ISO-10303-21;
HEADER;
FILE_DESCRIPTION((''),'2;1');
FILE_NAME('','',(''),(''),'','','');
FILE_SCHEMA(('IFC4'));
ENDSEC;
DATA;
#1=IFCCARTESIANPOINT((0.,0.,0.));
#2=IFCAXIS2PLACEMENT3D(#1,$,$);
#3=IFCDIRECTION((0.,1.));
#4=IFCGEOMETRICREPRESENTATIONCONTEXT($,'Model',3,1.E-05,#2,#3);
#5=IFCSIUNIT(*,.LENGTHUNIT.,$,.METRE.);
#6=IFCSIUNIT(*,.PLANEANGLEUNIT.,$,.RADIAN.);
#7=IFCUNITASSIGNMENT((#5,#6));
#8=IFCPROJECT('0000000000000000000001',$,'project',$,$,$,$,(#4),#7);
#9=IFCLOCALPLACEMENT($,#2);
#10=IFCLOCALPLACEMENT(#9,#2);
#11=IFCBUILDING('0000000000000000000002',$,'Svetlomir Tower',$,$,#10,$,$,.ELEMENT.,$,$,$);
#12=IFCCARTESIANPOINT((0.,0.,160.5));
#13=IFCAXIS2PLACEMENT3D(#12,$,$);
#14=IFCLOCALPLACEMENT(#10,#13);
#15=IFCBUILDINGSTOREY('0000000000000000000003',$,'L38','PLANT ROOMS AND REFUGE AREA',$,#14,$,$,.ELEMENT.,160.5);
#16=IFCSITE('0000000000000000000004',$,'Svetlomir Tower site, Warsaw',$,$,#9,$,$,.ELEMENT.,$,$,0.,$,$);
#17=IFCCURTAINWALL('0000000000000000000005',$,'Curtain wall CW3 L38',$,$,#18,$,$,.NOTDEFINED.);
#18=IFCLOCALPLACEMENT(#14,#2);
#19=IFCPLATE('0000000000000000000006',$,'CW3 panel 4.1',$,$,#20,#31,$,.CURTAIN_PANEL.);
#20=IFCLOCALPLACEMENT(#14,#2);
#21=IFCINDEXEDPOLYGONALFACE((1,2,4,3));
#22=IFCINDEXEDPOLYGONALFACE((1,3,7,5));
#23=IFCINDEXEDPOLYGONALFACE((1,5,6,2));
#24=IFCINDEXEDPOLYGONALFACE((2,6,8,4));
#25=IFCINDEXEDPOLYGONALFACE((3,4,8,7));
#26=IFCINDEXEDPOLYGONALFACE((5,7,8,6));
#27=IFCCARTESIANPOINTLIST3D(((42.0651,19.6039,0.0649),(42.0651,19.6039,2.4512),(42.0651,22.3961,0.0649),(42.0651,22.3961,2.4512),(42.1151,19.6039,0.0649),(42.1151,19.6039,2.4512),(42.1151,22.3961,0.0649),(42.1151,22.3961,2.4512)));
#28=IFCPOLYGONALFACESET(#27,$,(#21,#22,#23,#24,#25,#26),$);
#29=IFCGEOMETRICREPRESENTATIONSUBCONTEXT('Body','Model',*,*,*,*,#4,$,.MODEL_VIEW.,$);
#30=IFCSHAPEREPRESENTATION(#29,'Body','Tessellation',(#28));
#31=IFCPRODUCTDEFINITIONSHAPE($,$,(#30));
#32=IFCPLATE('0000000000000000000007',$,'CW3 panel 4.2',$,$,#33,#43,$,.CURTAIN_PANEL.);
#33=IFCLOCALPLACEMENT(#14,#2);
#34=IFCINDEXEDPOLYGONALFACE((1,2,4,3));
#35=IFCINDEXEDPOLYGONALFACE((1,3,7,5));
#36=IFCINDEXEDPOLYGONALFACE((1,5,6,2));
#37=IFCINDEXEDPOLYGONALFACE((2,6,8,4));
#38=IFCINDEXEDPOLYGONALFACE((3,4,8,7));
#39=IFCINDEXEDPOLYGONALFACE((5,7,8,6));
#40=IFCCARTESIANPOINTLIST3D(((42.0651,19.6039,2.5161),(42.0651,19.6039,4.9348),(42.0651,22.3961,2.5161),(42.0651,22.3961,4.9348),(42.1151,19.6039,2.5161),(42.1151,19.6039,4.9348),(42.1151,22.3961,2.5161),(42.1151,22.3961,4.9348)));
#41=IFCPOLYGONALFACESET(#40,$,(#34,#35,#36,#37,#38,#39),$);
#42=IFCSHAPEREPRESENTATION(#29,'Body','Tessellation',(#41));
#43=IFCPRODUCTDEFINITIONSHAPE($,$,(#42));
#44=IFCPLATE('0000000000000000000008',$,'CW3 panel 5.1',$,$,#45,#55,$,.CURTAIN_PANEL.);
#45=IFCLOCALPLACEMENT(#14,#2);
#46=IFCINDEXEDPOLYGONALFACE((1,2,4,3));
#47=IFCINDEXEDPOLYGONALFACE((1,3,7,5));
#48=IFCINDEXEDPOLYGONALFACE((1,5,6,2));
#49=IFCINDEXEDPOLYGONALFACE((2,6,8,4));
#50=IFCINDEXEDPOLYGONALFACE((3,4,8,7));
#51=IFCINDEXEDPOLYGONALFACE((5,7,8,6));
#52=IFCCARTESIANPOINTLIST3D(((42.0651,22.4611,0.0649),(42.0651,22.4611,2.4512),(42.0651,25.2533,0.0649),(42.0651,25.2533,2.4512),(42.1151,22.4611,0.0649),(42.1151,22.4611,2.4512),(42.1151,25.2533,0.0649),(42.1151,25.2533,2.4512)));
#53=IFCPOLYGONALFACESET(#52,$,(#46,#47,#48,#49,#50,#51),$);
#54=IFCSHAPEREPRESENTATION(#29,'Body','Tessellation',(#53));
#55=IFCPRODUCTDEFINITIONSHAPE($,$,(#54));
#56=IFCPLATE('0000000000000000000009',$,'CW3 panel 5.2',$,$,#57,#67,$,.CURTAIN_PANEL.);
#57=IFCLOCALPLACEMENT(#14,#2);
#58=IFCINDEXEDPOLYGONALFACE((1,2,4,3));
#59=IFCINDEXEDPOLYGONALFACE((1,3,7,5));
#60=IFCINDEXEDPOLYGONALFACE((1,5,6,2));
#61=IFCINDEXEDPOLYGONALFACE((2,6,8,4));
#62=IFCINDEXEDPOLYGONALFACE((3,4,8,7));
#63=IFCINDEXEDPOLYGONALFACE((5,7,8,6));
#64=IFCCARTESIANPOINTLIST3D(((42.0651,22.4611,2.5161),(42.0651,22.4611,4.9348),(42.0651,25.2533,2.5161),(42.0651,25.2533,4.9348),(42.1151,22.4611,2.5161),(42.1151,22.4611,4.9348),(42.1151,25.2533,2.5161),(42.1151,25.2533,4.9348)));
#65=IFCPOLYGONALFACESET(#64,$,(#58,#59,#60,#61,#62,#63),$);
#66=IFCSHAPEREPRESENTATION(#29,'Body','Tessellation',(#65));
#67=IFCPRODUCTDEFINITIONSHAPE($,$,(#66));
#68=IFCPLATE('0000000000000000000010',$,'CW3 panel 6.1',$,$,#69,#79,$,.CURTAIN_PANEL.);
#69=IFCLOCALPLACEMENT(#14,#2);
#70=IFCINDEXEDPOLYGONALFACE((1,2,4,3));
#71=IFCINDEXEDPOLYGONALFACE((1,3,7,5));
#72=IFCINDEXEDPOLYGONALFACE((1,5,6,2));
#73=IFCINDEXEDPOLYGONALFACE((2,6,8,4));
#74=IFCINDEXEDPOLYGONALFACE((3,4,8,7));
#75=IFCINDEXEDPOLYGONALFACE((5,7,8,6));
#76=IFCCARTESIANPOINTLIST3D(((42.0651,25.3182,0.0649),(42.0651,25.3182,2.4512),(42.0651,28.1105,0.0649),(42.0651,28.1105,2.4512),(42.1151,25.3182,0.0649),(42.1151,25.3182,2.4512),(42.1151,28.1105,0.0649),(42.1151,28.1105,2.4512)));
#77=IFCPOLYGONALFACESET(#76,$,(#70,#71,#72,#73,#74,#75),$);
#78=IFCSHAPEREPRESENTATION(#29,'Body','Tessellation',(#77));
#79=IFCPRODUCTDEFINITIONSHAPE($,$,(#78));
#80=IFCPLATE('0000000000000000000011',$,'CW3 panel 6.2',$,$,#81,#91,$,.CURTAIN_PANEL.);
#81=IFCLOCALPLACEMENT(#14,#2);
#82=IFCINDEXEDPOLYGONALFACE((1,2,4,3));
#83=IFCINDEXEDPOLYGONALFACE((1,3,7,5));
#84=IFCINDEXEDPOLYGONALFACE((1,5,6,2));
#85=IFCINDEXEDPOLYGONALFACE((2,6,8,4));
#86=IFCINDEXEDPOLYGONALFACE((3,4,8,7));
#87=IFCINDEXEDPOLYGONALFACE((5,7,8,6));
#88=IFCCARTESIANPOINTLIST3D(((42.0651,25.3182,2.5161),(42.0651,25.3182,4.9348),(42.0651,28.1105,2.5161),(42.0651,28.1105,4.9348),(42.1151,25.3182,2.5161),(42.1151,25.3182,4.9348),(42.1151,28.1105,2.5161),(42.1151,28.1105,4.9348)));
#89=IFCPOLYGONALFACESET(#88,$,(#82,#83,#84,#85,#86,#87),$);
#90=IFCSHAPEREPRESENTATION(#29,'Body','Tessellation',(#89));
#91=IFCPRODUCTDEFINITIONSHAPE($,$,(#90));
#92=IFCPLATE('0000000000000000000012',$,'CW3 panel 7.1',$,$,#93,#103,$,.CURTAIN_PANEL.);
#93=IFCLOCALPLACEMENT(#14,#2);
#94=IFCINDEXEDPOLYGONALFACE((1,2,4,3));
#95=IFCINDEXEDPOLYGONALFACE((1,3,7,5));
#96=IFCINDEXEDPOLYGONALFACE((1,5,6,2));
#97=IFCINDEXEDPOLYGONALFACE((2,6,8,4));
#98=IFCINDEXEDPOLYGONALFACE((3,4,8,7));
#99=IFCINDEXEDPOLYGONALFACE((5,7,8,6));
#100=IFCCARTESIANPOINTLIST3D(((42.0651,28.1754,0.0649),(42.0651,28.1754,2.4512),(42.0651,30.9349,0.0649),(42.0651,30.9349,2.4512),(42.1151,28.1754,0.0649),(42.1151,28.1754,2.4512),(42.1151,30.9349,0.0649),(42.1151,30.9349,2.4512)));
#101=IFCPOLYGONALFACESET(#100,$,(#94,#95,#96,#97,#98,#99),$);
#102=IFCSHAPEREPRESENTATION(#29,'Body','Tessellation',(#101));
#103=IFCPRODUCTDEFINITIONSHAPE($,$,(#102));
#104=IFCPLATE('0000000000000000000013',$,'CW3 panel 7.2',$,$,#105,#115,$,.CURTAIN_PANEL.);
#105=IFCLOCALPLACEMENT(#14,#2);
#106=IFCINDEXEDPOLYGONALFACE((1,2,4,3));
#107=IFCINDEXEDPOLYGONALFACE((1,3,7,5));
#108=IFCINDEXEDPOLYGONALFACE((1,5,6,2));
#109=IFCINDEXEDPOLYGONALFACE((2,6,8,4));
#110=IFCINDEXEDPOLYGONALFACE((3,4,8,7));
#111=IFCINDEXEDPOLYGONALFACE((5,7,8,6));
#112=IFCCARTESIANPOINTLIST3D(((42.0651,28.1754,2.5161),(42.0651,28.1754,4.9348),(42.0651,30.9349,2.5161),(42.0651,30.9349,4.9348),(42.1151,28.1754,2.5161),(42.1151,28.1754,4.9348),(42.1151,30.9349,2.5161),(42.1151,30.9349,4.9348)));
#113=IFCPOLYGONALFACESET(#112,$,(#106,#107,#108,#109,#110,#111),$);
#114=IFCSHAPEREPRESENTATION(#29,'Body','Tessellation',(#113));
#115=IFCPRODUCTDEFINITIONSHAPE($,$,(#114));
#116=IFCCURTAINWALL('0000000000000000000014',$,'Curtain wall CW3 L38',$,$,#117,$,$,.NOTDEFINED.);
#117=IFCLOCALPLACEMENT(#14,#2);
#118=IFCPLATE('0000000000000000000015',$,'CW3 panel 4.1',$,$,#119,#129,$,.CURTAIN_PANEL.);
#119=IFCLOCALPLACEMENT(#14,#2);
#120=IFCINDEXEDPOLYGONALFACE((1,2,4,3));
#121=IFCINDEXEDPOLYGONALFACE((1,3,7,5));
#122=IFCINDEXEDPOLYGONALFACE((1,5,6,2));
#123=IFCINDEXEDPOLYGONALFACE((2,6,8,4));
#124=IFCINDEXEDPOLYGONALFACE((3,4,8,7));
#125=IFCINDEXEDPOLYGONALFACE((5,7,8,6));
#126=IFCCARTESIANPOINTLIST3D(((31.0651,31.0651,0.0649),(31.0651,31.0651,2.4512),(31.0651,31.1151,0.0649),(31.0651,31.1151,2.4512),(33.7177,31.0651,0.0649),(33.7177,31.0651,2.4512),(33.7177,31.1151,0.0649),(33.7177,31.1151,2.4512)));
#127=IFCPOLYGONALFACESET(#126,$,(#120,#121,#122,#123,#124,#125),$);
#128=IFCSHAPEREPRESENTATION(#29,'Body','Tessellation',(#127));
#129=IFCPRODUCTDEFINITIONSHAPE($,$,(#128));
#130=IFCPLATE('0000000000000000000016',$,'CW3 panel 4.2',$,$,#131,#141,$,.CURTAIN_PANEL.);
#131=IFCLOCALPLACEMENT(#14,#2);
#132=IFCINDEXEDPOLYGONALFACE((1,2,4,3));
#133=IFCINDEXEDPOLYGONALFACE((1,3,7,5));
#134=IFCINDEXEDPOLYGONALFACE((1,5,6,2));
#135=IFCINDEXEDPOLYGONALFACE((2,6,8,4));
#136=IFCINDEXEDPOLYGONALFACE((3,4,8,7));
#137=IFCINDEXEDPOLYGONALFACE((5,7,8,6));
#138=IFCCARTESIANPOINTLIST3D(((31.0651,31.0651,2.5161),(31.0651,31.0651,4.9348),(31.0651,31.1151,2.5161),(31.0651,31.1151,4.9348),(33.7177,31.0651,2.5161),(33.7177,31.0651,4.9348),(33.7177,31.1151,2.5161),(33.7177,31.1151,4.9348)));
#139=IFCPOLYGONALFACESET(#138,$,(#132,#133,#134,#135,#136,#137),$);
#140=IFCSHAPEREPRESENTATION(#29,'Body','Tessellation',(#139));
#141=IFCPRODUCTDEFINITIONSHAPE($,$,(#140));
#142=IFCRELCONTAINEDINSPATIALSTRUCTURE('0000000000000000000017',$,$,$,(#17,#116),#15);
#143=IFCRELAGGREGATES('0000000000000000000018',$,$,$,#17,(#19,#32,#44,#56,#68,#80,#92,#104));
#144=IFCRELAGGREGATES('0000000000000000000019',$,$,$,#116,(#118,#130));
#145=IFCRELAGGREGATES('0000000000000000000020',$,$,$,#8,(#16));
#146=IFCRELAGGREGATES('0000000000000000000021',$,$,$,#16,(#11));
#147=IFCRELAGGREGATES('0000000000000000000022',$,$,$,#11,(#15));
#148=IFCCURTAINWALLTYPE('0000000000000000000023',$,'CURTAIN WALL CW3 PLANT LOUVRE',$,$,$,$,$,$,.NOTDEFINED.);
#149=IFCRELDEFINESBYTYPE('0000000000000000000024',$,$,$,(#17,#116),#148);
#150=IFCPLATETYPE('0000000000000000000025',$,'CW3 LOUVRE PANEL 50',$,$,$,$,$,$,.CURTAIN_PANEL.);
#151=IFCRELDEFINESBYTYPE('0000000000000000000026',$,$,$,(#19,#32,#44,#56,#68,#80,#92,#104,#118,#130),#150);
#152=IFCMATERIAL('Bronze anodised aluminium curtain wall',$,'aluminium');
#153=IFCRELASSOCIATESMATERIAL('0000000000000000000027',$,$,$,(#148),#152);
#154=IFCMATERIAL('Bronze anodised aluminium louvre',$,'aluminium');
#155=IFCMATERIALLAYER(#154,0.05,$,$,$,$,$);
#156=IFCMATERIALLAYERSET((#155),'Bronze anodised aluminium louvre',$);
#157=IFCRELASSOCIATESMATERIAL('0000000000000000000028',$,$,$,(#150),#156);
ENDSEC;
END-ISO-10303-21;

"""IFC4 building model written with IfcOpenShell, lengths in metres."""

from ifc_helpers import new_model, si_unit, direction, frame, origin, origin_2d, place, context, subcontext, project, spatial, rectangle, extrude, material, layer, layer_set, type_object, element, aggregate, save


model = new_model("IFC4")

# Units and contexts
model_context = context("Model", 3, precision=1e-05, world=origin(), true_north=direction((0.0, 1.0)))
body_context = subcontext(model_context, "Body", "Model", "MODEL_VIEW")
ifc_project = project(units=[si_unit("LENGTHUNIT", "METRE"), si_unit("PLANEANGLEUNIT", "RADIAN")], contexts=[model_context])

# Site, building, storey
site_placement = place(None, origin())
site = spatial("IfcSite", under=ifc_project, at=site_placement, Name="Svetlomir Tower site, Warsaw", CompositionType="ELEMENT", RefElevation=0.0)
building_placement = place(site_placement, origin())
building = spatial("IfcBuilding", under=site, at=building_placement, Name="Svetlomir Tower", CompositionType="ELEMENT")
storey_placement = place(building_placement, frame((0.0, 0.0, 160.5)))
storey = spatial("IfcBuildingStorey", under=building, at=storey_placement, Name="L38", Description="PLANT ROOMS AND REFUGE AREA", CompositionType="ELEMENT", Elevation=160.5)

# Curtain wall
ifc_material_1 = material(Name="Bronze anodised aluminium curtain wall", Category="aluminium")
curtain_wall_type = type_object("IfcCurtainWallType", Name="CURTAIN WALL CW3 PLANT LOUVRE", PredefinedType="NOTDEFINED", material=ifc_material_1)
curtain_wall_1_placement = place(storey_placement, origin())
curtain_wall_1 = element("IfcCurtainWall", 1, at=curtain_wall_1_placement, inside=storey, type_object=curtain_wall_type, Name="Curtain wall CW3 L38", PredefinedType="NOTDEFINED")

# Plates
ifc_material_2 = material(Name="Bronze anodised aluminium louvre", Category="aluminium")
ifc_layer = layer(ifc_material_2, 0.05)
ifc_layer_set = layer_set([ifc_layer], Name="Bronze anodised aluminium louvre")
plate_type = type_object("IfcPlateType", Name="CW3 LOUVRE PANEL 50", PredefinedType="CURTAIN_PANEL", material=ifc_layer_set)
plate_1_placement = place(storey_placement, frame((42.0901, 21.0, 0.0649), z_axis=(0.0, 0.0, 1.0), x_axis=(0.0, 1.0, 0.0)))
plate_1 = element("IfcPlate", 2, at=plate_1_placement, type_object=plate_type, Name="CW3 panel 4.1", PredefinedType="CURTAIN_PANEL", context=body_context, shape_type="SweptSolid", body=[
    extrude(rectangle(XDim=2.7922, YDim=0.05, at=origin_2d()), origin(), (0.0, 0.0, 1.0), 2.3862),
])
plate_2_placement = place(storey_placement, frame((42.0901, 21.0, 2.5161), z_axis=(0.0, 0.0, 1.0), x_axis=(0.0, 1.0, 0.0)))
plate_2 = element("IfcPlate", 3, at=plate_2_placement, type_object=plate_type, Name="CW3 panel 4.2", PredefinedType="CURTAIN_PANEL", context=body_context, shape_type="SweptSolid", body=[
    extrude(rectangle(XDim=2.7922, YDim=0.05, at=origin_2d()), origin(), (0.0, 0.0, 1.0), 2.4187),
])
plate_3_placement = place(storey_placement, frame((42.0901, 23.8572, 0.0649), z_axis=(0.0, 0.0, 1.0), x_axis=(0.0, 1.0, 0.0)))
plate_3 = element("IfcPlate", 4, at=plate_3_placement, type_object=plate_type, Name="CW3 panel 5.1", PredefinedType="CURTAIN_PANEL", context=body_context, shape_type="SweptSolid", body=[
    extrude(rectangle(XDim=2.7922, YDim=0.05, at=origin_2d()), origin(), (0.0, 0.0, 1.0), 2.3862),
])
plate_4_placement = place(storey_placement, frame((42.0901, 23.8572, 2.5161), z_axis=(0.0, 0.0, 1.0), x_axis=(0.0, 1.0, 0.0)))
plate_4 = element("IfcPlate", 5, at=plate_4_placement, type_object=plate_type, Name="CW3 panel 5.2", PredefinedType="CURTAIN_PANEL", context=body_context, shape_type="SweptSolid", body=[
    extrude(rectangle(XDim=2.7922, YDim=0.05, at=origin_2d()), origin(), (0.0, 0.0, 1.0), 2.4187),
])
plate_5_placement = place(storey_placement, frame((42.0901, 26.7144, 0.0649), z_axis=(0.0, 0.0, 1.0), x_axis=(0.0, 1.0, 0.0)))
plate_5 = element("IfcPlate", 6, at=plate_5_placement, type_object=plate_type, Name="CW3 panel 6.1", PredefinedType="CURTAIN_PANEL", context=body_context, shape_type="SweptSolid", body=[
    extrude(rectangle(XDim=2.7922, YDim=0.05, at=origin_2d()), origin(), (0.0, 0.0, 1.0), 2.3862),
])
plate_6_placement = place(storey_placement, frame((42.0901, 26.7144, 2.5161), z_axis=(0.0, 0.0, 1.0), x_axis=(0.0, 1.0, 0.0)))
plate_6 = element("IfcPlate", 7, at=plate_6_placement, type_object=plate_type, Name="CW3 panel 6.2", PredefinedType="CURTAIN_PANEL", context=body_context, shape_type="SweptSolid", body=[
    extrude(rectangle(XDim=2.7922, YDim=0.05, at=origin_2d()), origin(), (0.0, 0.0, 1.0), 2.4187),
])
plate_7_placement = place(storey_placement, frame((42.0901, 29.5552, 0.0649), z_axis=(0.0, 0.0, 1.0), x_axis=(0.0, 1.0, 0.0)))
plate_7 = element("IfcPlate", 8, at=plate_7_placement, type_object=plate_type, Name="CW3 panel 7.1", PredefinedType="CURTAIN_PANEL", context=body_context, shape_type="SweptSolid", body=[
    extrude(rectangle(XDim=2.7595, YDim=0.05, at=origin_2d()), origin(), (0.0, 0.0, 1.0), 2.3862),
])
plate_8_placement = place(storey_placement, frame((42.0901, 29.5552, 2.5161), z_axis=(0.0, 0.0, 1.0), x_axis=(0.0, 1.0, 0.0)))
plate_8 = element("IfcPlate", 9, at=plate_8_placement, type_object=plate_type, Name="CW3 panel 7.2", PredefinedType="CURTAIN_PANEL", context=body_context, shape_type="SweptSolid", body=[
    extrude(rectangle(XDim=2.7595, YDim=0.05, at=origin_2d()), origin(), (0.0, 0.0, 1.0), 2.4187),
])
aggregate(curtain_wall_1, [plate_1, plate_2, plate_3, plate_4, plate_5, plate_6, plate_7, plate_8])

# Curtain wall, plates
curtain_wall_2_placement = place(storey_placement, origin())
curtain_wall_2 = element("IfcCurtainWall", 10, at=curtain_wall_2_placement, inside=storey, type_object=curtain_wall_type, Name="Curtain wall CW3 L38", PredefinedType="NOTDEFINED")
plate_9_placement = place(storey_placement, frame((32.3914, 31.0901, 0.0649), z_axis=(0.0, 0.0, 1.0), x_axis=(-1.0, 0.0, 0.0)))
plate_9 = element("IfcPlate", 11, at=plate_9_placement, type_object=plate_type, Name="CW3 panel 4.1", PredefinedType="CURTAIN_PANEL", context=body_context, shape_type="SweptSolid", body=[
    extrude(rectangle(XDim=2.6526, YDim=0.05, at=origin_2d()), origin(), (0.0, 0.0, 1.0), 2.3862),
])
plate_10_placement = place(storey_placement, frame((32.3914, 31.0901, 2.5161), z_axis=(0.0, 0.0, 1.0), x_axis=(-1.0, 0.0, 0.0)))
plate_10 = element("IfcPlate", 12, at=plate_10_placement, type_object=plate_type, Name="CW3 panel 4.2", PredefinedType="CURTAIN_PANEL", context=body_context, shape_type="SweptSolid", body=[
    extrude(rectangle(XDim=2.6526, YDim=0.05, at=origin_2d()), origin(), (0.0, 0.0, 1.0), 2.4187),
])
aggregate(curtain_wall_2, [plate_9, plate_10])

save(model, "model.ifc")
